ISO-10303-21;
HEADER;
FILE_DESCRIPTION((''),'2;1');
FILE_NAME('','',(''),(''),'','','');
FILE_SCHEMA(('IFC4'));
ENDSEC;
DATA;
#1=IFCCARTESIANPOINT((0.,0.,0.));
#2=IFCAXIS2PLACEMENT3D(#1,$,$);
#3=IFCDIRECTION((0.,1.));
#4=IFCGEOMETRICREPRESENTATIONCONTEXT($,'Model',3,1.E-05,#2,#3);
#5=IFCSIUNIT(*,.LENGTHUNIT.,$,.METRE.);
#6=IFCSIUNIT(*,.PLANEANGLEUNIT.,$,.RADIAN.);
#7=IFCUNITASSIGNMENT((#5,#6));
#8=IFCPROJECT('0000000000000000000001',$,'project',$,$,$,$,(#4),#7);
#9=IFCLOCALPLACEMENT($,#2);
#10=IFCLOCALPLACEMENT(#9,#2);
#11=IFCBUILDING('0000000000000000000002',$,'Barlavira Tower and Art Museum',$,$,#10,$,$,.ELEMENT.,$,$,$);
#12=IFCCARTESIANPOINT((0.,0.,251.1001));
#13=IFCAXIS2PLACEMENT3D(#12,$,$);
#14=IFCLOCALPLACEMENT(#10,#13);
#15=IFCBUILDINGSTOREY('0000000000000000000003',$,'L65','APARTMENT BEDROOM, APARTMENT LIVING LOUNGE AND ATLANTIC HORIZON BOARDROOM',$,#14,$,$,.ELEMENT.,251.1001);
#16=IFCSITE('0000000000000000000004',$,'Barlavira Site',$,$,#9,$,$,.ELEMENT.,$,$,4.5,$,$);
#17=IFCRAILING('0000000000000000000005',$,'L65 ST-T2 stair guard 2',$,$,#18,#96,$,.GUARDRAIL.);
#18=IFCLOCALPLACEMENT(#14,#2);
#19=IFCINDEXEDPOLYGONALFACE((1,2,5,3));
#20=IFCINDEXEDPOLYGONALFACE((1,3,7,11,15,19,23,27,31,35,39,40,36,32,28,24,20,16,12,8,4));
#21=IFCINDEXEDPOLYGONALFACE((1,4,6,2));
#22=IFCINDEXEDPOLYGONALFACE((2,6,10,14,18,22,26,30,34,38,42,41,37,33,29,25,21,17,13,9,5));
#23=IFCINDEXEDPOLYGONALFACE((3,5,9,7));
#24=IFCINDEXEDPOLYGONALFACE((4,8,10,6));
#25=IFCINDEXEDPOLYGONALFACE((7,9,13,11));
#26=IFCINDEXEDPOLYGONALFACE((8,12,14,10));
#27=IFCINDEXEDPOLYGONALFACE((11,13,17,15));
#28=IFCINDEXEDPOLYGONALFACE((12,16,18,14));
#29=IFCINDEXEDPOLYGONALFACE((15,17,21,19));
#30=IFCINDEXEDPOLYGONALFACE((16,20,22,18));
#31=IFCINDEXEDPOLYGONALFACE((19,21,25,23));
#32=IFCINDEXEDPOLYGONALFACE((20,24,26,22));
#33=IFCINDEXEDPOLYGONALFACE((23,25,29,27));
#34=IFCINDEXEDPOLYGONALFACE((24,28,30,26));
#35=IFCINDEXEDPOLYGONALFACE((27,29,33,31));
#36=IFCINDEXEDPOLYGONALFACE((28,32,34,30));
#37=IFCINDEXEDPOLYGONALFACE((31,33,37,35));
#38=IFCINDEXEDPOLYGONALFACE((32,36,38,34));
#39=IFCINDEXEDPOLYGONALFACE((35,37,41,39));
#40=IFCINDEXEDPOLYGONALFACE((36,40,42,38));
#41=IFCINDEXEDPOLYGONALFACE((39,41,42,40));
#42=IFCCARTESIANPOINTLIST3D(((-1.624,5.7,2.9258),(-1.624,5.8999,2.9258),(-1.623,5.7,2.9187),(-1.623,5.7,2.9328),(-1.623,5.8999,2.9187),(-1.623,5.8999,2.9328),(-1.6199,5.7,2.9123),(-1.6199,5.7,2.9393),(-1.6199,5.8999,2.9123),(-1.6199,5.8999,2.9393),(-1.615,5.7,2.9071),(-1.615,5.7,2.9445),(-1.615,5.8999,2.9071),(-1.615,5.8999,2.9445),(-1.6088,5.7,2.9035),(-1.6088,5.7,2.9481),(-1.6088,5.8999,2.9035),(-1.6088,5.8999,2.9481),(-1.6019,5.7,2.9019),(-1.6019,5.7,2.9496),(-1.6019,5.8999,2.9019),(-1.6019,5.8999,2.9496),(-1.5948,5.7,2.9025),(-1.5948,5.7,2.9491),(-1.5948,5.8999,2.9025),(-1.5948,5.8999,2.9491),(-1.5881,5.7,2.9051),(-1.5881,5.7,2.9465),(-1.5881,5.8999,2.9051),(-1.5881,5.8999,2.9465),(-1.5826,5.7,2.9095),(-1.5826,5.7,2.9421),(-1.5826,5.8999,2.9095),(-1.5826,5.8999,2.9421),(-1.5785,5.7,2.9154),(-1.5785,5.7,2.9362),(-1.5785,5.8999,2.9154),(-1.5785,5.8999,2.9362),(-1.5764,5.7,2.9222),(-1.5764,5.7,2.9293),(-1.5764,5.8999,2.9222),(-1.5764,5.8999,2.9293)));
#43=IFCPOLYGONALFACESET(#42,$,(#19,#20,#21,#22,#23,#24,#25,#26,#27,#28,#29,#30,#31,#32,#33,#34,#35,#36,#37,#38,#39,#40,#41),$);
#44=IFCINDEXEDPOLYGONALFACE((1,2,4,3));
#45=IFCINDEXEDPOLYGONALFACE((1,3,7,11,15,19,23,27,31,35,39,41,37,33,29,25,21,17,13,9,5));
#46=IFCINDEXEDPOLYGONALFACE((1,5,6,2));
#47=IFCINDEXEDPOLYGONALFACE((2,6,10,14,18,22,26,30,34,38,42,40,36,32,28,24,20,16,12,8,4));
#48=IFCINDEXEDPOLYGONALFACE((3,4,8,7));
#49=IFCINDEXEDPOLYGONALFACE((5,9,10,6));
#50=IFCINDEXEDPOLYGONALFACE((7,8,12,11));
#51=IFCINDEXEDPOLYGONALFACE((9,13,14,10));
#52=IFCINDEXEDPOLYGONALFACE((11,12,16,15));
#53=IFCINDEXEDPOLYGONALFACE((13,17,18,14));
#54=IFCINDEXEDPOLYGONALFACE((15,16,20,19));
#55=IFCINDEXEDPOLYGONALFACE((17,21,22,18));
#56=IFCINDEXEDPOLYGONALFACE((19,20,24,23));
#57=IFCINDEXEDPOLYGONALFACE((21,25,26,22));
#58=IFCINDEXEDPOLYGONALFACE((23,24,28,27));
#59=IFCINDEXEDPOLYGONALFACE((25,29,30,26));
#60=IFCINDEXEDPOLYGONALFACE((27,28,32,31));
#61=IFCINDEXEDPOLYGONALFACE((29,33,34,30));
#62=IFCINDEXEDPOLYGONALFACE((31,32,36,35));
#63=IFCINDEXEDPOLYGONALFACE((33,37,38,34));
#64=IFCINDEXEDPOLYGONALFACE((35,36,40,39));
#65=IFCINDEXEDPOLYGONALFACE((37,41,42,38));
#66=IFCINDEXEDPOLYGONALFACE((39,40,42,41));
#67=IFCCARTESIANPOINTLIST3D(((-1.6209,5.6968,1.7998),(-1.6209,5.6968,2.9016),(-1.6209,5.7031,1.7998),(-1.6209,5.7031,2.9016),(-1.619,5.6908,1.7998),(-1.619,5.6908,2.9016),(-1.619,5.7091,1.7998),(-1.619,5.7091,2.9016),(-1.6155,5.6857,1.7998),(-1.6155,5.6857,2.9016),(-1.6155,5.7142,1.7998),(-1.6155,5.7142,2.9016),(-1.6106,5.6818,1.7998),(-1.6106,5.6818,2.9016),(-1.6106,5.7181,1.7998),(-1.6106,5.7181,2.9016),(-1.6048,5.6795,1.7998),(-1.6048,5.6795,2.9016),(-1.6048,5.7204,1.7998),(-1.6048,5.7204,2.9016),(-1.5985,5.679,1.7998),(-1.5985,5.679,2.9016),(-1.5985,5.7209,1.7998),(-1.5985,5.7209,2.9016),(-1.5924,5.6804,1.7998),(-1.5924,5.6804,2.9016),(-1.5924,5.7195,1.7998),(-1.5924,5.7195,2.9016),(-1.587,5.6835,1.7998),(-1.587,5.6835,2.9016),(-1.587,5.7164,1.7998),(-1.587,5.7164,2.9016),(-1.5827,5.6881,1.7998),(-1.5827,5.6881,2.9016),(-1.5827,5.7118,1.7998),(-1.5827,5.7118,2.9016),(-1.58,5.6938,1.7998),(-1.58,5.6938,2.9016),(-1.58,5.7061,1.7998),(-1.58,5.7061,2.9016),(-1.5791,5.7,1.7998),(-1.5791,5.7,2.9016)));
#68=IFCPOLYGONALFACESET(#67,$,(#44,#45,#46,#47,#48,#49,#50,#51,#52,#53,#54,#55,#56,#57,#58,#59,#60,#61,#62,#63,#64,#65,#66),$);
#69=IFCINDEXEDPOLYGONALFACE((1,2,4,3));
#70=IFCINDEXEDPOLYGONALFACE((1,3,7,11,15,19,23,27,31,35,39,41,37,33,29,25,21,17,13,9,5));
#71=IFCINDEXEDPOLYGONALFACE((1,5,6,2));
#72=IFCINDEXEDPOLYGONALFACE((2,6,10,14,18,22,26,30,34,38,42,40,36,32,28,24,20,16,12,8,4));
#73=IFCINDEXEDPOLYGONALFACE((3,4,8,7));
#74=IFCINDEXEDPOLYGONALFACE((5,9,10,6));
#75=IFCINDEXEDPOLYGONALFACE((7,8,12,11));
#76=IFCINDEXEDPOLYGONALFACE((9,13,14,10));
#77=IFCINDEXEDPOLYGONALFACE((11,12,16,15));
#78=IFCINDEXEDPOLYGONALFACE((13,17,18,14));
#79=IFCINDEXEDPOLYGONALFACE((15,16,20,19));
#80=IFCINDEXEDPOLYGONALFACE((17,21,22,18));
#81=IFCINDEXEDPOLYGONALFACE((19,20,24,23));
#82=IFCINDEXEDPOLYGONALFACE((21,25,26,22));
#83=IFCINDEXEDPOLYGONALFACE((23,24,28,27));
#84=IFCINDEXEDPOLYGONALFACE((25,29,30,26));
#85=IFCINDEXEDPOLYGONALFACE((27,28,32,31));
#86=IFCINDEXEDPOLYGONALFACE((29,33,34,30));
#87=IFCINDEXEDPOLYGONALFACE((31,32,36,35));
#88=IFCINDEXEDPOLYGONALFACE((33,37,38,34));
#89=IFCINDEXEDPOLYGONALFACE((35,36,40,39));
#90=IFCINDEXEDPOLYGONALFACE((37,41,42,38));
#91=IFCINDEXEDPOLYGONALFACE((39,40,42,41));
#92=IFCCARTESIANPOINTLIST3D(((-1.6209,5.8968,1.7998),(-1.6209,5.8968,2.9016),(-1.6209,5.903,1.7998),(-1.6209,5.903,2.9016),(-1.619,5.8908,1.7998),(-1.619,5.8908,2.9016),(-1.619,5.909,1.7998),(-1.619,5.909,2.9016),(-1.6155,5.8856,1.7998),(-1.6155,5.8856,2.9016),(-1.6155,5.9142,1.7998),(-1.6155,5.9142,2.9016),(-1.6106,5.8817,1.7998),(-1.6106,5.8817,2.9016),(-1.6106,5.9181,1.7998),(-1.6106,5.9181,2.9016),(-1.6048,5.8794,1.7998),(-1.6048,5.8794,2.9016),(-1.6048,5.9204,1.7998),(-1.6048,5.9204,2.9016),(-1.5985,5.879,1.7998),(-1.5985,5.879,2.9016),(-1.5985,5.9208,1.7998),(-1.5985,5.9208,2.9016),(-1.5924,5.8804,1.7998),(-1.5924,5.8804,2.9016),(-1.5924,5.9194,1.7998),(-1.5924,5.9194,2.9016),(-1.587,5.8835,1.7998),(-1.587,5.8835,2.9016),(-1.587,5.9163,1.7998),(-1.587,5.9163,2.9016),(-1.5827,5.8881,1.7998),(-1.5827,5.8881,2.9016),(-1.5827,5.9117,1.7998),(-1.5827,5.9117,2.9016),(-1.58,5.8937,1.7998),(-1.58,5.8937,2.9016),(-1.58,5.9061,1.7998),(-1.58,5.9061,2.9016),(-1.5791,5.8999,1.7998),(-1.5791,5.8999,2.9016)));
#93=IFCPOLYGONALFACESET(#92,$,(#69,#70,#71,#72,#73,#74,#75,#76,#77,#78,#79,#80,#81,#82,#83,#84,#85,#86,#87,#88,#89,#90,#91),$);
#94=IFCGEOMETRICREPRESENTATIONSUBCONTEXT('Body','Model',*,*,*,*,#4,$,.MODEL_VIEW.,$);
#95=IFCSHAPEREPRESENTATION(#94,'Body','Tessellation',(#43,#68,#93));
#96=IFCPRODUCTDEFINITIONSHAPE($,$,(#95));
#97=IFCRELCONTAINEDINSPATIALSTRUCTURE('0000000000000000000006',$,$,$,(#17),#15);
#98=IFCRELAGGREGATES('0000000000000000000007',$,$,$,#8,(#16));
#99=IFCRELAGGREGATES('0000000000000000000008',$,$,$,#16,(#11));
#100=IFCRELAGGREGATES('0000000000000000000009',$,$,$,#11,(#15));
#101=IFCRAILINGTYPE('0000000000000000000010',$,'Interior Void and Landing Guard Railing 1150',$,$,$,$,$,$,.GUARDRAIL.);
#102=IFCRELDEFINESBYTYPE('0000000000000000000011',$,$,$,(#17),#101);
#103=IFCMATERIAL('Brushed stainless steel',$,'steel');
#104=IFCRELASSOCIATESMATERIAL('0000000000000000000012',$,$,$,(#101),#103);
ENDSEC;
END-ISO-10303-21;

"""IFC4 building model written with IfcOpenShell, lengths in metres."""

from ifc_helpers import new_model, si_unit, direction, frame, origin, origin_2d, place, context, subcontext, project, spatial, circle, extrude, material, type_object, element, save


model = new_model("IFC4")

# Units and contexts
model_context = context("Model", 3, precision=1e-05, world=origin(), true_north=direction((0.0, 1.0)))
body_context = subcontext(model_context, "Body", "Model", "MODEL_VIEW")
ifc_project = project(units=[si_unit("LENGTHUNIT", "METRE"), si_unit("PLANEANGLEUNIT", "RADIAN")], contexts=[model_context])

# Site, building, storey
site_placement = place(None, origin())
site = spatial("IfcSite", under=ifc_project, at=site_placement, Name="Barlavira Site", CompositionType="ELEMENT", RefElevation=4.5)
building_placement = place(site_placement, origin())
building = spatial("IfcBuilding", under=site, at=building_placement, Name="Barlavira Tower and Art Museum", CompositionType="ELEMENT")
storey_placement = place(building_placement, frame((0.0, 0.0, 251.1001)))
storey = spatial("IfcBuildingStorey", under=building, at=storey_placement, Name="L65", Description="APARTMENT BEDROOM, APARTMENT LIVING LOUNGE AND ATLANTIC HORIZON BOARDROOM", CompositionType="ELEMENT", Elevation=251.1001)

# Shared definitions
ifc_material_1 = material(Name="Brushed stainless steel", Category="steel")

# Railing
railing_type_1 = type_object("IfcRailingType", Name="Interior Void and Landing Guard Railing 1150", PredefinedType="GUARDRAIL", material=ifc_material_1)
railing_1_placement = place(storey_placement, frame((-1.6001, 5.7, 1.7998)))
element("IfcRailing", 1, at=railing_1_placement, inside=storey, type_object=railing_type_1, Name="L65 ST-T2 stair guard 2", PredefinedType="GUARDRAIL", context=body_context, shape_type="SweptSolid", body=[
    extrude(circle(Radius=0.0239, at=origin_2d()), frame((0.0, 0.0, 1.126), z_axis=(0.0, 1.0, 0.0), x_axis=(-1.0, 0.0, 0.0)), (0.0, 0.0, 1.0), 0.2),
    extrude(circle(Radius=0.021, at=origin_2d()), origin(), (0.0, 0.0, 1.0), 1.1018),
    extrude(circle(Radius=0.021, at=origin_2d()), frame((0.0, 0.2, 0.0)), (0.0, 0.0, 1.0), 1.1018),
])

save(model, "model.ifc")
